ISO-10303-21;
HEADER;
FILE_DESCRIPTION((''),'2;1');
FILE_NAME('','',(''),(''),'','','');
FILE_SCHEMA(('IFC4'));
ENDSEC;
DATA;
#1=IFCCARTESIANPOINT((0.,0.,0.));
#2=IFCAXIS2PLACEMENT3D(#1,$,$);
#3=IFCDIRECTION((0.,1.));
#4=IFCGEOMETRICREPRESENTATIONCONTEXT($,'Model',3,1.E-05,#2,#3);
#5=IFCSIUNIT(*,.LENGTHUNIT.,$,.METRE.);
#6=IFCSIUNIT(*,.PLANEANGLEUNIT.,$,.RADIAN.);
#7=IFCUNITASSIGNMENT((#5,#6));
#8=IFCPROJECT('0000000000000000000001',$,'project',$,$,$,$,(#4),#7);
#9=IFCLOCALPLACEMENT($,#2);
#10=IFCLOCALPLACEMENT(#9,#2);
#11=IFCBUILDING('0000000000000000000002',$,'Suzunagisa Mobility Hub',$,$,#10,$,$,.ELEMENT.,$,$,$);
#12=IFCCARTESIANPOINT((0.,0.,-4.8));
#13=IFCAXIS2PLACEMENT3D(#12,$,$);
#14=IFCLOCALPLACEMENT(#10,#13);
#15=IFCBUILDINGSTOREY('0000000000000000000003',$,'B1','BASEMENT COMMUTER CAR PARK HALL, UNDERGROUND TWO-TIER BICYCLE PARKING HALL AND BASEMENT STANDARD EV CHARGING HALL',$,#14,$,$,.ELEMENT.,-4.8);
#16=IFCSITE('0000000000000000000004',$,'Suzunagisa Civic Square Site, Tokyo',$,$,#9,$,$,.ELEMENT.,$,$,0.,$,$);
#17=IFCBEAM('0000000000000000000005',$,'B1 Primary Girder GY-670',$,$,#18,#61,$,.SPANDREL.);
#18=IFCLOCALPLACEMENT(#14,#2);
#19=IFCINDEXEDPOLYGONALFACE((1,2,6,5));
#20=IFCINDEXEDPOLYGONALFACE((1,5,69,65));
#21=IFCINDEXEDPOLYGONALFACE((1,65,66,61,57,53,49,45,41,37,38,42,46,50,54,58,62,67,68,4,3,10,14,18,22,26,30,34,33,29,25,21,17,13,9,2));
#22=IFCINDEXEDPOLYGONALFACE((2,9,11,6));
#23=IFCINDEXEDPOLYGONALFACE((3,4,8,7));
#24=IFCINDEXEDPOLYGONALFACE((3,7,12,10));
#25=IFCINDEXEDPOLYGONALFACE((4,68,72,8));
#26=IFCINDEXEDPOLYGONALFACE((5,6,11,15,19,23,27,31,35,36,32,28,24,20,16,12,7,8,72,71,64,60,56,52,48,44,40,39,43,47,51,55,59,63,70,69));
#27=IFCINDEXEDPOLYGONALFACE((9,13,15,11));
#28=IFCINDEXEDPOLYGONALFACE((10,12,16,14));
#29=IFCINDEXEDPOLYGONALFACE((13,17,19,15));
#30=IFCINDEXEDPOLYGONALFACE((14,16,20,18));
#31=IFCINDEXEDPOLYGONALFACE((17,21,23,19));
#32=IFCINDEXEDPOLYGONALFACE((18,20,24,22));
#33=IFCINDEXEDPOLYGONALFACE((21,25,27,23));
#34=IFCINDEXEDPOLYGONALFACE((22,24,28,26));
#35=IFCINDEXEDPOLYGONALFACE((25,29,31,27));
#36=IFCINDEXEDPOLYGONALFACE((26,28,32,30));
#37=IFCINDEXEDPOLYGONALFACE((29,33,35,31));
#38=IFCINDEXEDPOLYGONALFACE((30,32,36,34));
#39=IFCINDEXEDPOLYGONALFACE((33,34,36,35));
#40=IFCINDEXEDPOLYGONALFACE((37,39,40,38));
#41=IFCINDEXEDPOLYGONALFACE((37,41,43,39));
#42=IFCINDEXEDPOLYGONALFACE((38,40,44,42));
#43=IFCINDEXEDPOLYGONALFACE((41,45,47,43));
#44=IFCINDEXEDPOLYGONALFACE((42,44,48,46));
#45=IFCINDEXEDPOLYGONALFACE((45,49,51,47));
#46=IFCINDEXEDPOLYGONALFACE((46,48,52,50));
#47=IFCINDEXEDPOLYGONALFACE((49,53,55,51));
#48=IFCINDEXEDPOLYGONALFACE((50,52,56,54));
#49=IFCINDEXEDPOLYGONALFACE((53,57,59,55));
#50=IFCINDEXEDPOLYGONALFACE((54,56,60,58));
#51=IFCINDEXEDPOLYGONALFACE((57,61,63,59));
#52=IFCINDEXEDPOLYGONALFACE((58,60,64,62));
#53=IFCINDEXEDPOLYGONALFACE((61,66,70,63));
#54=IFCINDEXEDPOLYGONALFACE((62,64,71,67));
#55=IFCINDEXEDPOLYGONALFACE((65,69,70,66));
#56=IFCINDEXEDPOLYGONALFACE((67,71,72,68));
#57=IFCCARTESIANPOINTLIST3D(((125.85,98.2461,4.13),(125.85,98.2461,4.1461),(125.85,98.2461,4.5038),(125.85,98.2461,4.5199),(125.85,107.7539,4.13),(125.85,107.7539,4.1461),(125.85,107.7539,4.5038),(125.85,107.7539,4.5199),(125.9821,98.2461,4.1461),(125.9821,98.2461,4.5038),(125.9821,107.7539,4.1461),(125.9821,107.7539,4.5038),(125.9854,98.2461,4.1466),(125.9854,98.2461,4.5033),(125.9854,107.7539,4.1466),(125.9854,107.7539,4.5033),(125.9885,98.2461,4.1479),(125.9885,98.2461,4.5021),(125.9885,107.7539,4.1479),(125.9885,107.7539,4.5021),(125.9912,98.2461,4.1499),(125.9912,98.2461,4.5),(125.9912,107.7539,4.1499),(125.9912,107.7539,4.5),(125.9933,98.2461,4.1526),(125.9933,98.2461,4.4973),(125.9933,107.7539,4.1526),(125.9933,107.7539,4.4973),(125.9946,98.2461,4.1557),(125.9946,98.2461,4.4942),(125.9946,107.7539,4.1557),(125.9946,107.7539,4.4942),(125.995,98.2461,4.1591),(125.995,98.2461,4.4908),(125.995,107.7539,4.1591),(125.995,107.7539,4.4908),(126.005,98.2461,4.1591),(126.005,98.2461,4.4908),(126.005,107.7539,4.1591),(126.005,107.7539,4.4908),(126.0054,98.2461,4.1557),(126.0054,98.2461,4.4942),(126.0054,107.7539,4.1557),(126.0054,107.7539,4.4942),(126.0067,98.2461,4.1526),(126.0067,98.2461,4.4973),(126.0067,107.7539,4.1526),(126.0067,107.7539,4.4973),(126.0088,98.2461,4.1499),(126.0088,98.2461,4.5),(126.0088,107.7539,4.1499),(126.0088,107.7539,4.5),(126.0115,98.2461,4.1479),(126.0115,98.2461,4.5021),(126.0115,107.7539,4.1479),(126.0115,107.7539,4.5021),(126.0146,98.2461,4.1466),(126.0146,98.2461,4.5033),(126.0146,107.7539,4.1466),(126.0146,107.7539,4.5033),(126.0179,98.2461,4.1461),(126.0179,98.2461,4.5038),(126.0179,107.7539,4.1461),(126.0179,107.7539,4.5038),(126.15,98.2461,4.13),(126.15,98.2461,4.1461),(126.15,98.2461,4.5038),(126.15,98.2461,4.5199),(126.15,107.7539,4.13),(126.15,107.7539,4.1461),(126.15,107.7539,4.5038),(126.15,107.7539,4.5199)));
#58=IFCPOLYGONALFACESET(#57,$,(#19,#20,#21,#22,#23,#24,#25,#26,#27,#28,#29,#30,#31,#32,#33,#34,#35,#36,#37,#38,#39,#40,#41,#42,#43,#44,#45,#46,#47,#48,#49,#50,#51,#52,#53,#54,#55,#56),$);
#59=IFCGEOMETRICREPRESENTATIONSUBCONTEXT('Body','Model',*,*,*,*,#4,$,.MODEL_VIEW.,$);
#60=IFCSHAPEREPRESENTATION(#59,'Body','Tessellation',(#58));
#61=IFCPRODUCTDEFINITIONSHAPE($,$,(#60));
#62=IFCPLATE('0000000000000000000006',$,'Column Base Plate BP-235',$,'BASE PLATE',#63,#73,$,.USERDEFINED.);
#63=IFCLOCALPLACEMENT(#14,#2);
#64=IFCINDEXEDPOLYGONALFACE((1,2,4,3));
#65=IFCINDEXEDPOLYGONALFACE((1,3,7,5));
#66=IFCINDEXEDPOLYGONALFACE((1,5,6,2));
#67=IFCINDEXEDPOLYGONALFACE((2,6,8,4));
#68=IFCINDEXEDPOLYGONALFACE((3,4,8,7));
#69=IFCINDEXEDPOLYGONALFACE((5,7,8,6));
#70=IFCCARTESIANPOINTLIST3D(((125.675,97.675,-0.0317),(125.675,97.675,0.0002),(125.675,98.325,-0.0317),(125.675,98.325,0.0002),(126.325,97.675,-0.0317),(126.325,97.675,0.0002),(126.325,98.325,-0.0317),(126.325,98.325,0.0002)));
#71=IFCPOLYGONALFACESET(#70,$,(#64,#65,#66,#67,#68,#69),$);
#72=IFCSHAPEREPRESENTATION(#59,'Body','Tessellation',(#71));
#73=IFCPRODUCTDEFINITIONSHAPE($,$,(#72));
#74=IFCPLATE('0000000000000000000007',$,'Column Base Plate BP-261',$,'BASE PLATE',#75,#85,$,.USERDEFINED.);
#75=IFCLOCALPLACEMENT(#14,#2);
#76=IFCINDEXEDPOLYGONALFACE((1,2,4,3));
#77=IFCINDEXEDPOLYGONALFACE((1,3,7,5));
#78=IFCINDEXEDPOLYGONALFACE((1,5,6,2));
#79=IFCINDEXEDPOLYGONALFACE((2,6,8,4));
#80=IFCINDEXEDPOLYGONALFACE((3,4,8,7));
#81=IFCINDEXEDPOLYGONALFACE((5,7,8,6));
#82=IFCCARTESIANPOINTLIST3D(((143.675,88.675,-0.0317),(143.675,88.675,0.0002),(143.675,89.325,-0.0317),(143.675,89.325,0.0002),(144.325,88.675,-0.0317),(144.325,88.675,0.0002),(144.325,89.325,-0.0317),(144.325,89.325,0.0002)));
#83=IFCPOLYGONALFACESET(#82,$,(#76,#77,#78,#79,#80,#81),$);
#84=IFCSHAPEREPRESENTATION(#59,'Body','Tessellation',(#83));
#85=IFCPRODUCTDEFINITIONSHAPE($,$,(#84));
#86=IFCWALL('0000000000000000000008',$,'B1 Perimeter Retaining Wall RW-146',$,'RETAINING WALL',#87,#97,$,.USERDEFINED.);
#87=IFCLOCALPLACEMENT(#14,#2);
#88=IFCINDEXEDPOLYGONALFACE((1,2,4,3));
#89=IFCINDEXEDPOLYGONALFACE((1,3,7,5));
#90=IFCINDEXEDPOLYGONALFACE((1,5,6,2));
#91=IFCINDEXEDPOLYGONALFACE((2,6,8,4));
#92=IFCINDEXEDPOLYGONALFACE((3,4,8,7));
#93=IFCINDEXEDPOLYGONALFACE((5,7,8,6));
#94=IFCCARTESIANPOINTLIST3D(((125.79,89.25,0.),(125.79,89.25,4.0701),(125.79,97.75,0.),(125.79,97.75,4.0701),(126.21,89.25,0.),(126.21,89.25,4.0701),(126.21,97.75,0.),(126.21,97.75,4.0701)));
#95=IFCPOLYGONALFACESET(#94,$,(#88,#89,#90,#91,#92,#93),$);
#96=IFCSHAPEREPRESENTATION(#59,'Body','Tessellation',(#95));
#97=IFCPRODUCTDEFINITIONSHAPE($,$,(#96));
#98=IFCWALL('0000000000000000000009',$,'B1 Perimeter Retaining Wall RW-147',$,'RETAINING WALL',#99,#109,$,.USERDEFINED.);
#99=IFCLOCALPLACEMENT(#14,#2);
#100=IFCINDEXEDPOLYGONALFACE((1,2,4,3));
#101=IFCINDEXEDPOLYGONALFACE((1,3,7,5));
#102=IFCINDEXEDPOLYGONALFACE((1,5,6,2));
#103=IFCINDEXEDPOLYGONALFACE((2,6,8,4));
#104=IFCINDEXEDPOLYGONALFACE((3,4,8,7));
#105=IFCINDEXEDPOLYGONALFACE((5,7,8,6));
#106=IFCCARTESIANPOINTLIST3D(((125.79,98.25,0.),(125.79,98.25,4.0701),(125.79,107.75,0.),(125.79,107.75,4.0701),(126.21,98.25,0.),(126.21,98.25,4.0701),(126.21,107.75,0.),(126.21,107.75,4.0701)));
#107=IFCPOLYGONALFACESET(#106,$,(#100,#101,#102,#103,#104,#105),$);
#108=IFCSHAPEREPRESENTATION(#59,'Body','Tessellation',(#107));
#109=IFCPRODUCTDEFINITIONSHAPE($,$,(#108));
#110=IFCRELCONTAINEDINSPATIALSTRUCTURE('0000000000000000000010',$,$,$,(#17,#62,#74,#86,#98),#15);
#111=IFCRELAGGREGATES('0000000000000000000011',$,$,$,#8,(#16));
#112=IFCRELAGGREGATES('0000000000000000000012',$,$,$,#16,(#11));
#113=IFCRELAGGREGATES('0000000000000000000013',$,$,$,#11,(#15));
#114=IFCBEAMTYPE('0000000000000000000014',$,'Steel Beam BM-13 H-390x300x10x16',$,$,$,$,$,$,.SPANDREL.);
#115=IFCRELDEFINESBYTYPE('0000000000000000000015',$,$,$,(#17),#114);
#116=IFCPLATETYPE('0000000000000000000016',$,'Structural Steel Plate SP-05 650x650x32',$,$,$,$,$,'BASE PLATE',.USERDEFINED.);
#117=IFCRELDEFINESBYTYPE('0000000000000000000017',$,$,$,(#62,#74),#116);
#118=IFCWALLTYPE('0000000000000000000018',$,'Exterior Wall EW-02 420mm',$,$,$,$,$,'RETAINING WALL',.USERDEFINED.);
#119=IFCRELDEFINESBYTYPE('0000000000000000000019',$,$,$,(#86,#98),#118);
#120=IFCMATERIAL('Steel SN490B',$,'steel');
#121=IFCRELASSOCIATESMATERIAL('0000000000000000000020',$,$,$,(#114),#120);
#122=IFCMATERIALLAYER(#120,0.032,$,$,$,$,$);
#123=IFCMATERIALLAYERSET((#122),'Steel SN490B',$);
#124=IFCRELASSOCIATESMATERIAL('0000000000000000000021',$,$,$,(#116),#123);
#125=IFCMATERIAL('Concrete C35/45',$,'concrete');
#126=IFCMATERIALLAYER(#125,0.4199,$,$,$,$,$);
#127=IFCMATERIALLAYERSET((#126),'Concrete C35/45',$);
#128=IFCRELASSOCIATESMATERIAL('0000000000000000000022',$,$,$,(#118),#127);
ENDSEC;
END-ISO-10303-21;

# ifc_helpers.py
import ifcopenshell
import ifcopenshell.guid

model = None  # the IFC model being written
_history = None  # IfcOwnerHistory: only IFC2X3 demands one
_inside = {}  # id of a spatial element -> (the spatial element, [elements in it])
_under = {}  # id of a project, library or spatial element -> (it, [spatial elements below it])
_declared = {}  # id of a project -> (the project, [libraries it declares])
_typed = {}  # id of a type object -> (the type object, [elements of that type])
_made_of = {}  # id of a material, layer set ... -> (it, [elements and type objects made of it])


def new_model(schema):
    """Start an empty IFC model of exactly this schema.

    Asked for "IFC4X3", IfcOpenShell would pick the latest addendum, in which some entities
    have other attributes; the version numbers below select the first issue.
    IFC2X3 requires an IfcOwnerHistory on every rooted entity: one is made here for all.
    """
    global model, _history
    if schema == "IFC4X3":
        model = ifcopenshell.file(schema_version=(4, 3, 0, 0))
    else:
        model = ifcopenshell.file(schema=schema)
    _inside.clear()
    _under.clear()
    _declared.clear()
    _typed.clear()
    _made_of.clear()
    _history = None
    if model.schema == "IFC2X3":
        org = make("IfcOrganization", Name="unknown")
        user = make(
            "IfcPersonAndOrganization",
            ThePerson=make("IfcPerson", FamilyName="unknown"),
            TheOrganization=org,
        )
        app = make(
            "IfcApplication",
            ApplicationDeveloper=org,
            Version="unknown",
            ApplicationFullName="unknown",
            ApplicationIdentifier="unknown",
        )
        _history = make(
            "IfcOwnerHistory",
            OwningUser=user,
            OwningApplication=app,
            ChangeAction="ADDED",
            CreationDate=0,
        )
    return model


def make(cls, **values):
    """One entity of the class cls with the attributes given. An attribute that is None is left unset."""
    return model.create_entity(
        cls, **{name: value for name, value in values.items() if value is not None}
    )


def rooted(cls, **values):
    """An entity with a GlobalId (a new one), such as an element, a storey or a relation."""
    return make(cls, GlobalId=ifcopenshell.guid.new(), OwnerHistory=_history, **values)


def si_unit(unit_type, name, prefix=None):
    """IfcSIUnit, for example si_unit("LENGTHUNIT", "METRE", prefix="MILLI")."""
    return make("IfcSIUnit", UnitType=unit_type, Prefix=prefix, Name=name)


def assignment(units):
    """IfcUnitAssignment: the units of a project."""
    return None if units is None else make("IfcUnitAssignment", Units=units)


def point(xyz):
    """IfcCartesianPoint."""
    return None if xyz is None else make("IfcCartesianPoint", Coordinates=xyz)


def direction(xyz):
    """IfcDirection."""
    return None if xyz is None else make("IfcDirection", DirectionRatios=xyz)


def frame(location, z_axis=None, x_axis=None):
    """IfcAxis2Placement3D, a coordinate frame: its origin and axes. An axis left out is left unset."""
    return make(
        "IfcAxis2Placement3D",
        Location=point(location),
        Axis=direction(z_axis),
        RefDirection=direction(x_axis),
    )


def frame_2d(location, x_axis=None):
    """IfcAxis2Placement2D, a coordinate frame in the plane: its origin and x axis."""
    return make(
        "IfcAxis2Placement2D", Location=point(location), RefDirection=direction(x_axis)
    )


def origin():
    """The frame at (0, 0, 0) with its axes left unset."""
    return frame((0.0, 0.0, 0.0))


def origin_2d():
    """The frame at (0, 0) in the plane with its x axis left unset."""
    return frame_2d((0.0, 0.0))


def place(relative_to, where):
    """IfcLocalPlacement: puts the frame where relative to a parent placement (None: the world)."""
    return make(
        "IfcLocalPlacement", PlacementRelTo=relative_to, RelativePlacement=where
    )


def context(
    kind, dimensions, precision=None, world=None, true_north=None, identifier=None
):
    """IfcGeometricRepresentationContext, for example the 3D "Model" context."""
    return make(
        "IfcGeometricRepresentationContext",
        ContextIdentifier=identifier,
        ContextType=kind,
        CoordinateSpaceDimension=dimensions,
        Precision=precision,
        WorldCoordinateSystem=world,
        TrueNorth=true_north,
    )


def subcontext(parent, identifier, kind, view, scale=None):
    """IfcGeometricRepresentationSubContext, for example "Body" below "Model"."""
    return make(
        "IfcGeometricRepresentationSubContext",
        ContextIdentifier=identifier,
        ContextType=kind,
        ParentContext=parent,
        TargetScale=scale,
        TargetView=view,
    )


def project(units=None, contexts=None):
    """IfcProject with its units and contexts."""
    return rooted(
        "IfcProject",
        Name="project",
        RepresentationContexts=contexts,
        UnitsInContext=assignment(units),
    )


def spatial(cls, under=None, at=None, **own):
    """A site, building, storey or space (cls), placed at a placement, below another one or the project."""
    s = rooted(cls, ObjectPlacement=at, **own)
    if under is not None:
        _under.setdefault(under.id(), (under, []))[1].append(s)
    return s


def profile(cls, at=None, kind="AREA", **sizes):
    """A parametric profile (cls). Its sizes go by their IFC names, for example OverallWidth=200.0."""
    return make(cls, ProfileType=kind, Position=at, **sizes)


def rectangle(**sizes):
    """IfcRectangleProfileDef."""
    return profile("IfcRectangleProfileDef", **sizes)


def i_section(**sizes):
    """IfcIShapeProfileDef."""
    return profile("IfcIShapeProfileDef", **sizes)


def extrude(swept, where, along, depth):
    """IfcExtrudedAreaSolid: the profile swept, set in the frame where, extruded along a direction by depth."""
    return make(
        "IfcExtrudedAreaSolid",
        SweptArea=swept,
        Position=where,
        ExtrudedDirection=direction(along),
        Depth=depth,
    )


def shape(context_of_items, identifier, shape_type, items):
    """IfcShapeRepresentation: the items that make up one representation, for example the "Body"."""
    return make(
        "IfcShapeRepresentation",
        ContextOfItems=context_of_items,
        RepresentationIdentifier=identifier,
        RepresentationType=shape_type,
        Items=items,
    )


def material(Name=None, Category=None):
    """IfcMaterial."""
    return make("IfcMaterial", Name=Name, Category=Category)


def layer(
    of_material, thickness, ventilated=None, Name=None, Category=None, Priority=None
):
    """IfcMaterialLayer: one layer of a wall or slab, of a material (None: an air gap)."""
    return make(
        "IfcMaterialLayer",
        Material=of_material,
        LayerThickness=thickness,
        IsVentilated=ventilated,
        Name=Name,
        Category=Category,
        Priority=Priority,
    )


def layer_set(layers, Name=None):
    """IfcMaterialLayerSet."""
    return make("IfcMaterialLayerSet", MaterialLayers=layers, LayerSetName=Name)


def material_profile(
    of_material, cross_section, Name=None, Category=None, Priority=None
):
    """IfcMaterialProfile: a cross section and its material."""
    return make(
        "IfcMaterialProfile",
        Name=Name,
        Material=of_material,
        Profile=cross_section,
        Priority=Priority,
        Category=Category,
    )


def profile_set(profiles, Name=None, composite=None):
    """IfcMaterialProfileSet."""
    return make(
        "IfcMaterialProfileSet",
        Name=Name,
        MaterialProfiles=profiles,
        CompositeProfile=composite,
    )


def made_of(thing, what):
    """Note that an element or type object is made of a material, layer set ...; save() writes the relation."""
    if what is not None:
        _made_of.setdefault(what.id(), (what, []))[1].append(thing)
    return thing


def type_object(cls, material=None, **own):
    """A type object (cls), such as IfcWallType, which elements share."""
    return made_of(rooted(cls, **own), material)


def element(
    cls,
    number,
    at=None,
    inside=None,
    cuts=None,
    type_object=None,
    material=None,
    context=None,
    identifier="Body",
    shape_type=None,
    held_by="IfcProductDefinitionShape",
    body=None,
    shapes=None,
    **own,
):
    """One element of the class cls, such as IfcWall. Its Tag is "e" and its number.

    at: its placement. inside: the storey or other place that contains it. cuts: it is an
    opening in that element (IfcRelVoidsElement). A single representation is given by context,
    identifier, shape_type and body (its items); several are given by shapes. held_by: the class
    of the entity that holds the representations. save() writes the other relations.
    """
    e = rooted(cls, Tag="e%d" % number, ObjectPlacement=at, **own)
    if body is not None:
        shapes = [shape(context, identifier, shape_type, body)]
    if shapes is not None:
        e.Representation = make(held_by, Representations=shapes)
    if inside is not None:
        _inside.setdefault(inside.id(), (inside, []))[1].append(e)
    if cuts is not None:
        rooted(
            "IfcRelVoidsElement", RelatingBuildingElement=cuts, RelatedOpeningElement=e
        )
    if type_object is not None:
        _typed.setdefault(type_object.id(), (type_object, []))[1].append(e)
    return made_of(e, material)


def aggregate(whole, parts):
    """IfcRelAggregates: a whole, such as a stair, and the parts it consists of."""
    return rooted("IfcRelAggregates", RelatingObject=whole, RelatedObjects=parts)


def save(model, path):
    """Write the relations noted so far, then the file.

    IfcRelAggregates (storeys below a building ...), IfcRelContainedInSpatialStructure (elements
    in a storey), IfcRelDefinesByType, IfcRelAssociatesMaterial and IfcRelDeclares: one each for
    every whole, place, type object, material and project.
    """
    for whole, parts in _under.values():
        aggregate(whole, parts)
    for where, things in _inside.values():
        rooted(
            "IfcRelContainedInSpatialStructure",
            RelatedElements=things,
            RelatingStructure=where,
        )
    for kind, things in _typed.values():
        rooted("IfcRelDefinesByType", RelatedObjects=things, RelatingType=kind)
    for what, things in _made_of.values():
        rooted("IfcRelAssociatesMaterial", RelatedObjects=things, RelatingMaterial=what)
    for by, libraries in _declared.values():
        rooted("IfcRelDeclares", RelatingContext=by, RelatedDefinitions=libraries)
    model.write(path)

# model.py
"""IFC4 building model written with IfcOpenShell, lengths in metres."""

from ifc_helpers import new_model, si_unit, direction, frame, frame_2d, origin, origin_2d, place, context, subcontext, project, spatial, rectangle, i_section, extrude, material, layer, layer_set, material_profile, profile_set, type_object, element, save


model = new_model("IFC4")

# Units and contexts
model_context = context("Model", 3, precision=1e-05, world=origin(), true_north=direction((0.0, 1.0)))
body_context = subcontext(model_context, "Body", "Model", "MODEL_VIEW")
ifc_project = project(units=[si_unit("LENGTHUNIT", "METRE"), si_unit("PLANEANGLEUNIT", "RADIAN")], contexts=[model_context])

# Site, building, storey
site_placement = place(None, origin())
site = spatial("IfcSite", under=ifc_project, at=site_placement, Name="Suzunagisa Civic Square Site, Tokyo", CompositionType="ELEMENT", RefElevation=0.0)
building_placement = place(site_placement, origin())
building = spatial("IfcBuilding", under=site, at=building_placement, Name="Suzunagisa Mobility Hub", CompositionType="ELEMENT")
storey_placement = place(building_placement, frame((0.0, 0.0, -4.8)))
storey = spatial("IfcBuildingStorey", under=building, at=storey_placement, Name="B1", Description="BASEMENT COMMUTER CAR PARK HALL, UNDERGROUND TWO-TIER BICYCLE PARKING HALL AND BASEMENT STANDARD EV CHARGING HALL", CompositionType="ELEMENT", Elevation=-4.8)

# Shared definitions
ifc_material_1 = material(Name="Concrete C35/45", Category="concrete")

# Shared definitions
ifc_material_2 = material(Name="Steel SN490B", Category="steel")

# Beam
ifc_material_profile_1 = material_profile(ifc_material_2, i_section(OverallWidth=0.3, OverallDepth=0.3899, WebThickness=0.01, FlangeThickness=0.0161, FilletRadius=0.0129, at=origin_2d()), Name="H-390x300x10x16")
ifc_profile_set_1 = profile_set([ifc_material_profile_1], Name="Steel SN490B")
beam_type = type_object("IfcBeamType", Name="Steel Beam BM-13 H-390x300x10x16", PredefinedType="SPANDREL", material=ifc_profile_set_1)
beam_1_placement = place(storey_placement, frame((126.0, 98.2461, 4.325), z_axis=(0.0, 1.0, 0.0), x_axis=(-1.0, 0.0, 0.0)))
element("IfcBeam", 1, at=beam_1_placement, inside=storey, type_object=beam_type, Name="B1 Primary Girder GY-670", PredefinedType="SPANDREL", context=body_context, shape_type="SweptSolid", body=[
    extrude(i_section(OverallWidth=0.3, OverallDepth=0.3899, WebThickness=0.01, FlangeThickness=0.0161, FilletRadius=0.0129, at=origin_2d()), origin(), (0.0, 0.0, 1.0), 9.5078),
])

# Plates
ifc_layer_1 = layer(ifc_material_2, 0.032)
ifc_layer_set_1 = layer_set([ifc_layer_1], Name="Steel SN490B")
plate_type = type_object("IfcPlateType", Name="Structural Steel Plate SP-05 650x650x32", ElementType="BASE PLATE", PredefinedType="USERDEFINED", material=ifc_layer_set_1)
for number, where, z_axis, x_axis, name in (
    (2, (126.0, 98.0, -0.0317), (0.0, 0.0, 1.0), (1.0, 0.0, 0.0), "Column Base Plate BP-235"),
    (3, (144.0, 89.0, -0.0317), (0.0, 0.0, 1.0), (1.0, 0.0, 0.0), "Column Base Plate BP-261"),
):
    element("IfcPlate", number, at=place(storey_placement, frame(where, z_axis=z_axis, x_axis=x_axis)), inside=storey, type_object=plate_type, Name=name, ObjectType="BASE PLATE", PredefinedType="USERDEFINED", context=body_context, shape_type="SweptSolid", body=[
        extrude(rectangle(XDim=0.6499, YDim=0.6499, at=origin_2d()), origin(), (0.0, 0.0, 1.0), 0.032),
    ])

# Walls
ifc_layer_2 = layer(ifc_material_1, 0.4199)
ifc_layer_set_2 = layer_set([ifc_layer_2], Name="Concrete C35/45")
wall_type = type_object("IfcWallType", Name="Exterior Wall EW-02 420mm", ElementType="RETAINING WALL", PredefinedType="USERDEFINED", material=ifc_layer_set_2)
wall_1_placement = place(storey_placement, frame((126.0, 89.25, 0.0), z_axis=(0.0, 0.0, 1.0), x_axis=(0.0, 1.0, 0.0)))
element("IfcWall", 4, at=wall_1_placement, inside=storey, type_object=wall_type, Name="B1 Perimeter Retaining Wall RW-146", ObjectType="RETAINING WALL", PredefinedType="USERDEFINED", context=body_context, shape_type="SweptSolid", body=[
    extrude(rectangle(XDim=8.5, YDim=0.4199, at=frame_2d((4.25, 0.0))), origin(), (0.0, 0.0, 1.0), 4.0701),
])
wall_2_placement = place(storey_placement, frame((126.0, 98.25, 0.0), z_axis=(0.0, 0.0, 1.0), x_axis=(0.0, 1.0, 0.0)))
element("IfcWall", 5, at=wall_2_placement, inside=storey, type_object=wall_type, Name="B1 Perimeter Retaining Wall RW-147", ObjectType="RETAINING WALL", PredefinedType="USERDEFINED", context=body_context, shape_type="SweptSolid", body=[
    extrude(rectangle(XDim=9.5, YDim=0.4199, at=frame_2d((4.75, 0.0))), origin(), (0.0, 0.0, 1.0), 4.0701),
])

save(model, "model.ifc")
